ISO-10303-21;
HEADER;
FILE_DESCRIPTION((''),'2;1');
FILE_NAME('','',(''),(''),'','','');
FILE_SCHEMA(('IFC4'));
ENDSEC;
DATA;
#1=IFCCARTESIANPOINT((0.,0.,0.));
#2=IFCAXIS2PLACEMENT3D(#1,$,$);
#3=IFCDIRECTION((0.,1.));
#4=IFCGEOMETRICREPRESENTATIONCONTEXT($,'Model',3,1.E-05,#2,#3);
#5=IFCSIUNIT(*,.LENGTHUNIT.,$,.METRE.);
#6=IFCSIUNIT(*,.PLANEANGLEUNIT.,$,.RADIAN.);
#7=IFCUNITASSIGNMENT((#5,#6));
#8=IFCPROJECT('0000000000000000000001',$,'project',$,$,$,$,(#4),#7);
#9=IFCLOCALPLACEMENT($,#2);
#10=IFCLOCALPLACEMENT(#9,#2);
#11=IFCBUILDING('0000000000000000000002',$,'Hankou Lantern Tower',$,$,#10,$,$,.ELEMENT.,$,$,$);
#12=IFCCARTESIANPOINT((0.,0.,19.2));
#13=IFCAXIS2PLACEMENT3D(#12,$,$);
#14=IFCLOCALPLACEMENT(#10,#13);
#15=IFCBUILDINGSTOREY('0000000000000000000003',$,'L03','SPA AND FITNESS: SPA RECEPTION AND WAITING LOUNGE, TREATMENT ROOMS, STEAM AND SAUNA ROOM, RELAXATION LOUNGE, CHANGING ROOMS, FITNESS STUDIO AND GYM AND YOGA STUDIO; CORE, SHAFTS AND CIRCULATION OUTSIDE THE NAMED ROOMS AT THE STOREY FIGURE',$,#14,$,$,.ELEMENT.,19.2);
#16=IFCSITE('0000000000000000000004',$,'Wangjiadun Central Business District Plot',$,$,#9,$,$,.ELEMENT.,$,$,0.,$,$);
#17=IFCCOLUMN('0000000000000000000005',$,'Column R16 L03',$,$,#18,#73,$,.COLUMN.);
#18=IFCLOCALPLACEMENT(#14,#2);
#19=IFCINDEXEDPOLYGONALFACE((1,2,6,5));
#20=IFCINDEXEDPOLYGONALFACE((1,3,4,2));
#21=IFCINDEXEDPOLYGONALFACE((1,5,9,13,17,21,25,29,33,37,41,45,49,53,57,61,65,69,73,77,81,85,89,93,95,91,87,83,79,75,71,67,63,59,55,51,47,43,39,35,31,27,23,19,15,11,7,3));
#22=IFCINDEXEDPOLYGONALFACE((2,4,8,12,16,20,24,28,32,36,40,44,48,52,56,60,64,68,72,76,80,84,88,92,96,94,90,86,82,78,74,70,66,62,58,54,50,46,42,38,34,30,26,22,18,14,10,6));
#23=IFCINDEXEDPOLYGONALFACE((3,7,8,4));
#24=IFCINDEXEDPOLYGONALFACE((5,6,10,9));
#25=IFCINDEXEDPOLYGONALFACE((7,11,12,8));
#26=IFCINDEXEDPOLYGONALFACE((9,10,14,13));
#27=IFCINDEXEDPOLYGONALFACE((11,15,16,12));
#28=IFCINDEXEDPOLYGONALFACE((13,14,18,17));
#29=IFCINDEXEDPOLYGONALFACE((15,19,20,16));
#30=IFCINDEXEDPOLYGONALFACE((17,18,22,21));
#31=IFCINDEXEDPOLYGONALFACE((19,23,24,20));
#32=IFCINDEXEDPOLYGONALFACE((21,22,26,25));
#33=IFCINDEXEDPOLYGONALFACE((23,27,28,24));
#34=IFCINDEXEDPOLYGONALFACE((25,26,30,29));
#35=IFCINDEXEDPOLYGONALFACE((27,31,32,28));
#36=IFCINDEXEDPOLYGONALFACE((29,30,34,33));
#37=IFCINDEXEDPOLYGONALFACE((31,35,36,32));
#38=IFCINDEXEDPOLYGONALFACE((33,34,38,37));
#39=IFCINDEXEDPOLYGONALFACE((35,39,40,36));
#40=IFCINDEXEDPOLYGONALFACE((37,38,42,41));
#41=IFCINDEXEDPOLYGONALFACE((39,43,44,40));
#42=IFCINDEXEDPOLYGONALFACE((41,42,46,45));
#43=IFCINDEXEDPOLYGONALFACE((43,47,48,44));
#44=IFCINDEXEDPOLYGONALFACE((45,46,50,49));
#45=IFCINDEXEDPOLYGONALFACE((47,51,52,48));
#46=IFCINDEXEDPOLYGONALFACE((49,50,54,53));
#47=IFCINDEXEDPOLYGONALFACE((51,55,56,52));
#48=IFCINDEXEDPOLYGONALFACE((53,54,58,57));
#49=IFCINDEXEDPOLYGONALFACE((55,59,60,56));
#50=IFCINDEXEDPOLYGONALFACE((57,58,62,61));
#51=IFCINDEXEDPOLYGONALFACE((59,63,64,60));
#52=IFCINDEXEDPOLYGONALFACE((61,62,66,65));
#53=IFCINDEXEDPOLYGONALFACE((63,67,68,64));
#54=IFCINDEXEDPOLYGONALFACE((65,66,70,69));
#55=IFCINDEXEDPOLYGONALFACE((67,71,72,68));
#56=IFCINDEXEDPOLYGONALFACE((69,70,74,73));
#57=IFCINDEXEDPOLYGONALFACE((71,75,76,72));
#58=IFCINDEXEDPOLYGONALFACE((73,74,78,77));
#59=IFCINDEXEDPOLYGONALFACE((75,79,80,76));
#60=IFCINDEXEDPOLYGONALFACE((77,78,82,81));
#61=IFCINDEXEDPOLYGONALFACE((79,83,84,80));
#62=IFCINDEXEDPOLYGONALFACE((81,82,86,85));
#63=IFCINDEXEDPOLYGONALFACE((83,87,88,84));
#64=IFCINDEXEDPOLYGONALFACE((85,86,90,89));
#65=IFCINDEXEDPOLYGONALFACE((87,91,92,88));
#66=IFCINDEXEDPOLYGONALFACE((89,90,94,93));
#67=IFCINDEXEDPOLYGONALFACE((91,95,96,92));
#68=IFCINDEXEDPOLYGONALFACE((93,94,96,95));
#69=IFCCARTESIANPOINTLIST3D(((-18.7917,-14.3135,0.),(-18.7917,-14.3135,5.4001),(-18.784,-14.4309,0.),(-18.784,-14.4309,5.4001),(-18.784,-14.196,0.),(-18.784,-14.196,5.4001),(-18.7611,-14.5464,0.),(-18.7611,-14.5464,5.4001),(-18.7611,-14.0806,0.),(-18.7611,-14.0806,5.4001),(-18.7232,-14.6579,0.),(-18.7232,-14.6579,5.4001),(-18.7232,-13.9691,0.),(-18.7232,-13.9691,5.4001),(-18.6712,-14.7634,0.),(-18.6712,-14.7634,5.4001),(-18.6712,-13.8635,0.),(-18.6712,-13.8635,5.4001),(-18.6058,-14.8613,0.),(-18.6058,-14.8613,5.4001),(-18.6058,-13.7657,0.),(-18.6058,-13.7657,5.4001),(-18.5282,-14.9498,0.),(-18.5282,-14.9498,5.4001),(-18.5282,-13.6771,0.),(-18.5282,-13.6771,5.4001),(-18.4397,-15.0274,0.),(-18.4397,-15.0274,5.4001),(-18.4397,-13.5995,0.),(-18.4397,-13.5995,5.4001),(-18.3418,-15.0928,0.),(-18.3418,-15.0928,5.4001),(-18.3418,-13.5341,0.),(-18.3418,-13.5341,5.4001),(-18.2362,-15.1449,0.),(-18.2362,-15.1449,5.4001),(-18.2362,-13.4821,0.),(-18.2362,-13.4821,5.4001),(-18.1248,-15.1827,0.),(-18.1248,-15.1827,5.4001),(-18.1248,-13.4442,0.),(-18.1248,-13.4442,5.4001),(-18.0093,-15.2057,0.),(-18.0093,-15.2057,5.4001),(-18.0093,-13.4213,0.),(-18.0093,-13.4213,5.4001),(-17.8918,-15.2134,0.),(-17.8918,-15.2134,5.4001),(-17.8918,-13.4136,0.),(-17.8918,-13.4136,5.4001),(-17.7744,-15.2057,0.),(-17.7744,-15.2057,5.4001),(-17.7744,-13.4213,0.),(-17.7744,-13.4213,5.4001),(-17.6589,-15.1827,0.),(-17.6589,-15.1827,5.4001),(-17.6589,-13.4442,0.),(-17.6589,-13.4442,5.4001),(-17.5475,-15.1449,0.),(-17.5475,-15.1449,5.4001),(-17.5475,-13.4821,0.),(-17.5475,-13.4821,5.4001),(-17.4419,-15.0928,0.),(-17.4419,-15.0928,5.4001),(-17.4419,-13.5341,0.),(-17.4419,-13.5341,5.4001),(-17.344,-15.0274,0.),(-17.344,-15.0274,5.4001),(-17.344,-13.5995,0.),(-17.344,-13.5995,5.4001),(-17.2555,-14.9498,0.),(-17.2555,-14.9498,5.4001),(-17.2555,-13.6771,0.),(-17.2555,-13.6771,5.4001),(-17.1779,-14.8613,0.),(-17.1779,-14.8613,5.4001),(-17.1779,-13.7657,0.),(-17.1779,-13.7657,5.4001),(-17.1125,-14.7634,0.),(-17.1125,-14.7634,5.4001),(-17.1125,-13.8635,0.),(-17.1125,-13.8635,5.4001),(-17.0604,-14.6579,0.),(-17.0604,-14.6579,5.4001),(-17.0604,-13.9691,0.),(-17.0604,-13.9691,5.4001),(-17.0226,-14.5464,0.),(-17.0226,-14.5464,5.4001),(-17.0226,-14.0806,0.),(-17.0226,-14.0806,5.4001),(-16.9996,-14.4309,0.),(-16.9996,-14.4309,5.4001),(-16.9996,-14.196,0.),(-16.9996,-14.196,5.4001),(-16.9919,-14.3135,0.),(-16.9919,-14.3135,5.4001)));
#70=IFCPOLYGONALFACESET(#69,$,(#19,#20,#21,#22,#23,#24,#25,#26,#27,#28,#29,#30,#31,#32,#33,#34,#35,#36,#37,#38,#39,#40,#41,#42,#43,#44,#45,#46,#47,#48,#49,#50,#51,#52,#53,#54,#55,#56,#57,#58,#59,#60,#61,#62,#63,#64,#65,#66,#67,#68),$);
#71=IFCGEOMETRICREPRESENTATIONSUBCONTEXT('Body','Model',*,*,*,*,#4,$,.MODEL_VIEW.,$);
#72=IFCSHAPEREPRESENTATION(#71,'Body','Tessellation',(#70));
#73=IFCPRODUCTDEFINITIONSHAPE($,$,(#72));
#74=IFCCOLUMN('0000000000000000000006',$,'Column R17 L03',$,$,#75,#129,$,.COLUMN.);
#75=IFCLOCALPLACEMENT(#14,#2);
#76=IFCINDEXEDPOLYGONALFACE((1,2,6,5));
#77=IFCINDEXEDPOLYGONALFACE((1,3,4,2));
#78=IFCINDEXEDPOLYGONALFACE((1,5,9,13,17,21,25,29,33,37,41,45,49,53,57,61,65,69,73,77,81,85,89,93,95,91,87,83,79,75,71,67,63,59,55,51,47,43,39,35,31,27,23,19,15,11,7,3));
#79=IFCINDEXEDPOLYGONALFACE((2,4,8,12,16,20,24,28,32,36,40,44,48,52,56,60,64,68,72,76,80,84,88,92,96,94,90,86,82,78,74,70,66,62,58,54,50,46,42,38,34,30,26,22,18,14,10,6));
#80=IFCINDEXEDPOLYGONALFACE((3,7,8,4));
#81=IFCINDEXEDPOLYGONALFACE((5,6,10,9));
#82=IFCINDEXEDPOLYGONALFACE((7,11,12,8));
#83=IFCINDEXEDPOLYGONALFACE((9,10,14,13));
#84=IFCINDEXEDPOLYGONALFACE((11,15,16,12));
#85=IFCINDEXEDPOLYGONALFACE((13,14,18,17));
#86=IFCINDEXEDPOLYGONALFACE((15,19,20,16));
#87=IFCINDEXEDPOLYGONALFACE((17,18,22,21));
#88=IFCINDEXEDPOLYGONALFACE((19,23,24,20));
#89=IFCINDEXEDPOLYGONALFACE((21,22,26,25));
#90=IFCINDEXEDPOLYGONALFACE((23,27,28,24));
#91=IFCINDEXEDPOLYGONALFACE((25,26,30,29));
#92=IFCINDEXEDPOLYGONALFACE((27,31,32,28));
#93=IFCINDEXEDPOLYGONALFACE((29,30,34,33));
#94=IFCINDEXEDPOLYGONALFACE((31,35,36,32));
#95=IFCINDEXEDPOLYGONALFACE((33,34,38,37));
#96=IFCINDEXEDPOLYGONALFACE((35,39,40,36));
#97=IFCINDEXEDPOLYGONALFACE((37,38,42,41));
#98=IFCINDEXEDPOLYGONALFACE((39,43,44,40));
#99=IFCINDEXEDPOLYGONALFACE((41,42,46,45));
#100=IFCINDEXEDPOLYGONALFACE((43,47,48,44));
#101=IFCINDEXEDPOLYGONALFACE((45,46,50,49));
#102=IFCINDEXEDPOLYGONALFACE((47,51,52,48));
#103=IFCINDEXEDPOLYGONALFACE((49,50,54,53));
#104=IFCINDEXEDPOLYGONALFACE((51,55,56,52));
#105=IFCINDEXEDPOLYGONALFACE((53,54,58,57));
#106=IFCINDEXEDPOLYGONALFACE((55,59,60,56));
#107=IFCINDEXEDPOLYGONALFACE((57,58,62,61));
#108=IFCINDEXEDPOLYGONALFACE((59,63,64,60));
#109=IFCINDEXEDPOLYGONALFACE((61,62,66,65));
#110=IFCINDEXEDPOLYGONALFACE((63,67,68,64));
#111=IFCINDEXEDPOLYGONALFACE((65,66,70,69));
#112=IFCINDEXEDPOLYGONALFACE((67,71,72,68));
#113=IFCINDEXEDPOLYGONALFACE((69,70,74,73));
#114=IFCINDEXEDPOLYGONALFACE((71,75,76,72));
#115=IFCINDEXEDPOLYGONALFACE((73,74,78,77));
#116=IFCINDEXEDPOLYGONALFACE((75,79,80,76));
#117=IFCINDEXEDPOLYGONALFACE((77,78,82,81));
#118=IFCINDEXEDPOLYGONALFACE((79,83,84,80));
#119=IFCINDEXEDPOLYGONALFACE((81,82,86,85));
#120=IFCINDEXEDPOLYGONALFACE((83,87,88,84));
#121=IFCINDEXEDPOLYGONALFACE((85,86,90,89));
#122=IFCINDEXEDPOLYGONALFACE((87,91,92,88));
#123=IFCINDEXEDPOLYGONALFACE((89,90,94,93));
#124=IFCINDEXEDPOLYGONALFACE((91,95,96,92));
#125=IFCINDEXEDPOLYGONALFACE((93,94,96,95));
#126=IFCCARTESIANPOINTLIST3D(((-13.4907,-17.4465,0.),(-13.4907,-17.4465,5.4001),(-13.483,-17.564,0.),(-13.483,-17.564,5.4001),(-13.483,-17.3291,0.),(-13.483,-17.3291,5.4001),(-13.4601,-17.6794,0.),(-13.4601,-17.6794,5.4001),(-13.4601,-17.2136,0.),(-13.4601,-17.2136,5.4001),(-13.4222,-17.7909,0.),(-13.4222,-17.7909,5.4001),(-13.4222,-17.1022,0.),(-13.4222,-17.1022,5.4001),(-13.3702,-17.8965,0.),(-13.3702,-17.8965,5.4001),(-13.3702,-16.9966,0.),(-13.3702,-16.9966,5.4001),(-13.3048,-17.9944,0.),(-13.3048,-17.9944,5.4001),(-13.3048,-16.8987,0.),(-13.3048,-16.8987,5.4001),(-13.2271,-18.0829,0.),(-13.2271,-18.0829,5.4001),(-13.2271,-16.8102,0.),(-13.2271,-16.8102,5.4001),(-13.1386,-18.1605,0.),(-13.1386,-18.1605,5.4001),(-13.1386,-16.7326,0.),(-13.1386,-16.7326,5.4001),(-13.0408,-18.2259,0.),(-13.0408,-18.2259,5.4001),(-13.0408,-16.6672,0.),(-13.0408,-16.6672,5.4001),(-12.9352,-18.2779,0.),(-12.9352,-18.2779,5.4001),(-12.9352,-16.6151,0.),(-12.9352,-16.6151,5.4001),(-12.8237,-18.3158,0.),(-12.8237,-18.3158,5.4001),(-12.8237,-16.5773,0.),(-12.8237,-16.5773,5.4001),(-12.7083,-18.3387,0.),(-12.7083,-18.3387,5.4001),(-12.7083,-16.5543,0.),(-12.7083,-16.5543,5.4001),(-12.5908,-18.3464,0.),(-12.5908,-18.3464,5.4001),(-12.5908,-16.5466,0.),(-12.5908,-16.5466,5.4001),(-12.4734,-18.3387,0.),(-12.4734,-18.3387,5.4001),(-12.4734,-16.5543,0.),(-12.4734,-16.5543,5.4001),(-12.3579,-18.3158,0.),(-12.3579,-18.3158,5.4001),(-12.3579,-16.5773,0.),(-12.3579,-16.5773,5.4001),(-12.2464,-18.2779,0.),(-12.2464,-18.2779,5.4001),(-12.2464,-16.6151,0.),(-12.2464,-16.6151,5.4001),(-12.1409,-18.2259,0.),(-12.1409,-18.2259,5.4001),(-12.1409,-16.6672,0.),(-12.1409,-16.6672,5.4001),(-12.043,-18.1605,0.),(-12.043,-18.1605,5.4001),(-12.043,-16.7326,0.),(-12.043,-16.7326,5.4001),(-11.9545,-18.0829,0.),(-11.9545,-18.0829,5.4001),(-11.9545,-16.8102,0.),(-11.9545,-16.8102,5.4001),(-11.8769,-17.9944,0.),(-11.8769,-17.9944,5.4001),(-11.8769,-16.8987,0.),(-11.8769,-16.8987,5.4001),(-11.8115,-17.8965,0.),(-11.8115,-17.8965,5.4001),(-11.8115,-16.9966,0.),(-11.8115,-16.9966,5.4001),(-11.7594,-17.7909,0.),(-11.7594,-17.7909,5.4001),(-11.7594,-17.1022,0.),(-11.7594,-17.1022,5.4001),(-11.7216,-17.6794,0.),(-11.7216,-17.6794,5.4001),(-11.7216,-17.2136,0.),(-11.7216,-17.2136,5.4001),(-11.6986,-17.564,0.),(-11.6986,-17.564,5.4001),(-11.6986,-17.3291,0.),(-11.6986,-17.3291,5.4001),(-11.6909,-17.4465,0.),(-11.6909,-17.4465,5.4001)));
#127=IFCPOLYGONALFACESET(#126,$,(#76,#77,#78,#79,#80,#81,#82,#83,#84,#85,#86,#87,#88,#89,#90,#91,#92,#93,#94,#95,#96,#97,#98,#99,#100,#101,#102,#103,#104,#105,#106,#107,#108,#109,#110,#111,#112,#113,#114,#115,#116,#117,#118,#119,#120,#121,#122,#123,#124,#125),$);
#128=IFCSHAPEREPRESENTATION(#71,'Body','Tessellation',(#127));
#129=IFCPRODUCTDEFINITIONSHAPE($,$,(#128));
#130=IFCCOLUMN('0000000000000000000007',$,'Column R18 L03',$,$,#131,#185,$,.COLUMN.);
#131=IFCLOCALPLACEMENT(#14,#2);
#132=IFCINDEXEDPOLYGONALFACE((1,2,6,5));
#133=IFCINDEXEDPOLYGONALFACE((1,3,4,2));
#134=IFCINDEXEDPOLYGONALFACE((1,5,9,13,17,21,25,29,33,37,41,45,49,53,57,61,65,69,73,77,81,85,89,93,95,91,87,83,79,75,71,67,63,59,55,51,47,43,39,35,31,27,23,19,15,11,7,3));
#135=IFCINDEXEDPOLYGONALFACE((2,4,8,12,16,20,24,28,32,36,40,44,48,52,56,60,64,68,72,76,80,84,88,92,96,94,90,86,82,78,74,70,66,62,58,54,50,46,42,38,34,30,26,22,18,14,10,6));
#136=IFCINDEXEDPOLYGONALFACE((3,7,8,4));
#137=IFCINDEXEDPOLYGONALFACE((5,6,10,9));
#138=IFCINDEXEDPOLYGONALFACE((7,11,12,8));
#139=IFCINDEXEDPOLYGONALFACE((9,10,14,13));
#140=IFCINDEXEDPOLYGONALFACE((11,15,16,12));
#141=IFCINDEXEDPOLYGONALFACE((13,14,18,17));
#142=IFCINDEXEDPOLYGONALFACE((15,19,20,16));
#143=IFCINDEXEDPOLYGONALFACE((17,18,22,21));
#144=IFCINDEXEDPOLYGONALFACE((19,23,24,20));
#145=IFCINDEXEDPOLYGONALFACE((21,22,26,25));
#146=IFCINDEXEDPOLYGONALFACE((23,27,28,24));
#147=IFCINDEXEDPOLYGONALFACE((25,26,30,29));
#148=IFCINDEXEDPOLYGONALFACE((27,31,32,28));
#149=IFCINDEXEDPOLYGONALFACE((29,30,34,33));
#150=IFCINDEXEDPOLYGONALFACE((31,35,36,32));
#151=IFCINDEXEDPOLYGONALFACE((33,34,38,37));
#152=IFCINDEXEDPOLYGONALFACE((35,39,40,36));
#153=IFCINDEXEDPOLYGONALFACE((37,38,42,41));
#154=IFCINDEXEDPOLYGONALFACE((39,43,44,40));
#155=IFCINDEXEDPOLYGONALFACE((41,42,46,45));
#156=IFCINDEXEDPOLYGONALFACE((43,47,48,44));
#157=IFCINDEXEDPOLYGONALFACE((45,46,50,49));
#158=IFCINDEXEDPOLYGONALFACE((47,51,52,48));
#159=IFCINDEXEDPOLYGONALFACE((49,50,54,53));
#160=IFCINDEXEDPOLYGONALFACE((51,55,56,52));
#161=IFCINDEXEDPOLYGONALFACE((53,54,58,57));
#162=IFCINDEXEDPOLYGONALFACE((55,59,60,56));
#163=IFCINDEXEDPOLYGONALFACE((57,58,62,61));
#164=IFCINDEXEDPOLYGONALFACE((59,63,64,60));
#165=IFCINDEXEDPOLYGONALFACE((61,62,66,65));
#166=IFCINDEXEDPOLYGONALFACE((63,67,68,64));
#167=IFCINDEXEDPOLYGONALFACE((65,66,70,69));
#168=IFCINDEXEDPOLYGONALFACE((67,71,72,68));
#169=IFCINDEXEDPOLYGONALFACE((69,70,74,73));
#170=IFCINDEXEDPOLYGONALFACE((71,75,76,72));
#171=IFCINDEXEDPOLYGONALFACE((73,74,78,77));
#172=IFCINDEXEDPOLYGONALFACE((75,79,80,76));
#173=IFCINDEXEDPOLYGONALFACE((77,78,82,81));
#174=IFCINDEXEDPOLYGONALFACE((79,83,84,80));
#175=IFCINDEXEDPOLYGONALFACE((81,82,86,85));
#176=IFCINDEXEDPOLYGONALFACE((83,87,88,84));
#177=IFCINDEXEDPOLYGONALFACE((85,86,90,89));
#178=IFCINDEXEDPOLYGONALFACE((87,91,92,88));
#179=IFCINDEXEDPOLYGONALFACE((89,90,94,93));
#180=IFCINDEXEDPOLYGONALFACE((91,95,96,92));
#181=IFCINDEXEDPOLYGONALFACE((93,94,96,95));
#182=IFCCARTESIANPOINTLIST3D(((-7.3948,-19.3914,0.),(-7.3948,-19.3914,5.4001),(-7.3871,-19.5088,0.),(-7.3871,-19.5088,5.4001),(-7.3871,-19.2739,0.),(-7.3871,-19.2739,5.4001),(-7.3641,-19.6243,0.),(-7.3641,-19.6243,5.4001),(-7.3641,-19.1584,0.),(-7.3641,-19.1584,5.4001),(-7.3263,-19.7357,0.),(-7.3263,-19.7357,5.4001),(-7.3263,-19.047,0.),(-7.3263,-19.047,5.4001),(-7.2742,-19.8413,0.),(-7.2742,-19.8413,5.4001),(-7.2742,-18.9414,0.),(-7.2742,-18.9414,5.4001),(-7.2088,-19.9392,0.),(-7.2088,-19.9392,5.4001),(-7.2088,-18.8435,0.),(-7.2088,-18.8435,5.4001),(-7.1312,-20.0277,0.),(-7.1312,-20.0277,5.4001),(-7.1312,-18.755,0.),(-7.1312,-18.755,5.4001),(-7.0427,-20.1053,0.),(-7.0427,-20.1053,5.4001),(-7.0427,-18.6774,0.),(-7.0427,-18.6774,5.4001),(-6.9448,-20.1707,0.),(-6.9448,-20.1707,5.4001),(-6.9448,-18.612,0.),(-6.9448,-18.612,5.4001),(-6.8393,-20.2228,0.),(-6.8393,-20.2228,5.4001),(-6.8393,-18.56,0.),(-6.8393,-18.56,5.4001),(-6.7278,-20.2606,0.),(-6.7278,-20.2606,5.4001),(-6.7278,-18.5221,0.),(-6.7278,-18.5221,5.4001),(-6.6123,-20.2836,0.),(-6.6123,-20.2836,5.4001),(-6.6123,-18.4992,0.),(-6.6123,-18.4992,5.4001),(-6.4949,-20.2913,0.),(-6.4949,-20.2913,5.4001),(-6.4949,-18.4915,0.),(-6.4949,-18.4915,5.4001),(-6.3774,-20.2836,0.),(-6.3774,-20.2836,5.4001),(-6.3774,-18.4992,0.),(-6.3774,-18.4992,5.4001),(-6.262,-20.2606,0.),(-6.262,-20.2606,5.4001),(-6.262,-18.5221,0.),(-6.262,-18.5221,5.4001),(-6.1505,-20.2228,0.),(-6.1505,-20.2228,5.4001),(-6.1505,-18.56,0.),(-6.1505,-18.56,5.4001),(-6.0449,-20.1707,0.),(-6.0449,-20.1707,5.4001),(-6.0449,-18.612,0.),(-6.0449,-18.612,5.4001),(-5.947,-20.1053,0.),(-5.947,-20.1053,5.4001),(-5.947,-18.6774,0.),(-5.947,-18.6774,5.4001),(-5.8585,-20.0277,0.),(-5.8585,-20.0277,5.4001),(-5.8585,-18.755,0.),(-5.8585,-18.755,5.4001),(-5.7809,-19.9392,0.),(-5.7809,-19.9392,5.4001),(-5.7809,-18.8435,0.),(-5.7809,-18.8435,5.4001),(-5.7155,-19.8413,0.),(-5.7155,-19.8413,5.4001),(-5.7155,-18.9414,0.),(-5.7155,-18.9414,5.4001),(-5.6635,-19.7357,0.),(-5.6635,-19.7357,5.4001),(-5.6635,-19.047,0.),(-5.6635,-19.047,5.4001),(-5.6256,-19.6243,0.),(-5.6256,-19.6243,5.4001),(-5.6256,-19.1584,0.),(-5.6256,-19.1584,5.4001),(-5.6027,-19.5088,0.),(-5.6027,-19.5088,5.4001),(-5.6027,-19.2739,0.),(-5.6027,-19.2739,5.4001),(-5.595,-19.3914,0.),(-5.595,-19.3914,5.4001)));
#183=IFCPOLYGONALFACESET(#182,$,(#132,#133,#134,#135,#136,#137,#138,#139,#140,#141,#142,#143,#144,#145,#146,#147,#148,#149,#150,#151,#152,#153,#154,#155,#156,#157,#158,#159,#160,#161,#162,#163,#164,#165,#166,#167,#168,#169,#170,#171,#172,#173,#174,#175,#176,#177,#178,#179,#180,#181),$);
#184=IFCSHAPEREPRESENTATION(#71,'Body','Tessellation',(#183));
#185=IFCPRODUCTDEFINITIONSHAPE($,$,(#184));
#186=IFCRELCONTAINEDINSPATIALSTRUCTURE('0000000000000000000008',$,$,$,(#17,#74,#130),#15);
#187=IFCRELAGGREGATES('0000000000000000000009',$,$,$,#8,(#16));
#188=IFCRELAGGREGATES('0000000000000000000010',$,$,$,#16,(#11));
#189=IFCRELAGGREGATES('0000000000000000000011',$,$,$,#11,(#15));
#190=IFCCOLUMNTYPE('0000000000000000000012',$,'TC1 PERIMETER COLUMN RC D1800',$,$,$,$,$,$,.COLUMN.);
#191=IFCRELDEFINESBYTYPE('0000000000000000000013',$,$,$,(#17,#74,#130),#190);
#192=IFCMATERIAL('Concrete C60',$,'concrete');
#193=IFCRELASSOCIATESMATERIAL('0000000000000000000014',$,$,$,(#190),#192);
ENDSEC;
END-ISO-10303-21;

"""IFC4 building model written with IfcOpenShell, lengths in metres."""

from ifc_helpers import new_model, si_unit, direction, frame, origin, origin_2d, place, context, subcontext, project, spatial, circle, extrude, material, material_profile, profile_set, type_object, element, save


model = new_model("IFC4")

# Units and contexts
model_context = context("Model", 3, precision=1e-05, world=origin(), true_north=direction((0.0, 1.0)))
body_context = subcontext(model_context, "Body", "Model", "MODEL_VIEW")
ifc_project = project(units=[si_unit("LENGTHUNIT", "METRE"), si_unit("PLANEANGLEUNIT", "RADIAN")], contexts=[model_context])

# Site, building, storey
site_placement = place(None, origin())
site = spatial("IfcSite", under=ifc_project, at=site_placement, Name="Wangjiadun Central Business District Plot", CompositionType="ELEMENT", RefElevation=0.0)
building_placement = place(site_placement, origin())
building = spatial("IfcBuilding", under=site, at=building_placement, Name="Hankou Lantern Tower", CompositionType="ELEMENT")
storey_placement = place(building_placement, frame((0.0, 0.0, 19.2)))
storey = spatial("IfcBuildingStorey", under=building, at=storey_placement, Name="L03", Description="SPA AND FITNESS: SPA RECEPTION AND WAITING LOUNGE, TREATMENT ROOMS, STEAM AND SAUNA ROOM, RELAXATION LOUNGE, CHANGING ROOMS, FITNESS STUDIO AND GYM AND YOGA STUDIO; CORE, SHAFTS AND CIRCULATION OUTSIDE THE NAMED ROOMS AT THE STOREY FIGURE", CompositionType="ELEMENT", Elevation=19.2)

# Columns
ifc_material_1 = material(Name="Concrete C60", Category="concrete")
ifc_material_profile_1 = material_profile(ifc_material_1, circle(Radius=0.8999, at=origin_2d()), Name="RC D1800")
ifc_profile_set_1 = profile_set([ifc_material_profile_1], Name="Concrete C60")
column_type = type_object("IfcColumnType", Name="TC1 PERIMETER COLUMN RC D1800", PredefinedType="COLUMN", material=ifc_profile_set_1)
for number, where, z_axis, x_axis, name in (
    (1, (-17.8918, -14.3135, 0.0), (0.0, 0.0, 1.0), (1.0, 0.0, 0.0), "Column R16 L03"),
    (2, (-12.5908, -17.4465, 0.0), (0.0, 0.0, 1.0), (1.0, 0.0, 0.0), "Column R17 L03"),
    (3, (-6.4949, -19.3914, 0.0), (0.0, 0.0, 1.0), (1.0, 0.0, 0.0), "Column R18 L03"),
):
    element("IfcColumn", number, at=place(storey_placement, frame(where, z_axis=z_axis, x_axis=x_axis)), inside=storey, type_object=column_type, Name=name, PredefinedType="COLUMN", context=body_context, shape_type="SweptSolid", body=[
        extrude(circle(Radius=0.8999, at=origin_2d()), origin(), (0.0, 0.0, 1.0), 5.4001),
    ])

save(model, "model.ifc")
